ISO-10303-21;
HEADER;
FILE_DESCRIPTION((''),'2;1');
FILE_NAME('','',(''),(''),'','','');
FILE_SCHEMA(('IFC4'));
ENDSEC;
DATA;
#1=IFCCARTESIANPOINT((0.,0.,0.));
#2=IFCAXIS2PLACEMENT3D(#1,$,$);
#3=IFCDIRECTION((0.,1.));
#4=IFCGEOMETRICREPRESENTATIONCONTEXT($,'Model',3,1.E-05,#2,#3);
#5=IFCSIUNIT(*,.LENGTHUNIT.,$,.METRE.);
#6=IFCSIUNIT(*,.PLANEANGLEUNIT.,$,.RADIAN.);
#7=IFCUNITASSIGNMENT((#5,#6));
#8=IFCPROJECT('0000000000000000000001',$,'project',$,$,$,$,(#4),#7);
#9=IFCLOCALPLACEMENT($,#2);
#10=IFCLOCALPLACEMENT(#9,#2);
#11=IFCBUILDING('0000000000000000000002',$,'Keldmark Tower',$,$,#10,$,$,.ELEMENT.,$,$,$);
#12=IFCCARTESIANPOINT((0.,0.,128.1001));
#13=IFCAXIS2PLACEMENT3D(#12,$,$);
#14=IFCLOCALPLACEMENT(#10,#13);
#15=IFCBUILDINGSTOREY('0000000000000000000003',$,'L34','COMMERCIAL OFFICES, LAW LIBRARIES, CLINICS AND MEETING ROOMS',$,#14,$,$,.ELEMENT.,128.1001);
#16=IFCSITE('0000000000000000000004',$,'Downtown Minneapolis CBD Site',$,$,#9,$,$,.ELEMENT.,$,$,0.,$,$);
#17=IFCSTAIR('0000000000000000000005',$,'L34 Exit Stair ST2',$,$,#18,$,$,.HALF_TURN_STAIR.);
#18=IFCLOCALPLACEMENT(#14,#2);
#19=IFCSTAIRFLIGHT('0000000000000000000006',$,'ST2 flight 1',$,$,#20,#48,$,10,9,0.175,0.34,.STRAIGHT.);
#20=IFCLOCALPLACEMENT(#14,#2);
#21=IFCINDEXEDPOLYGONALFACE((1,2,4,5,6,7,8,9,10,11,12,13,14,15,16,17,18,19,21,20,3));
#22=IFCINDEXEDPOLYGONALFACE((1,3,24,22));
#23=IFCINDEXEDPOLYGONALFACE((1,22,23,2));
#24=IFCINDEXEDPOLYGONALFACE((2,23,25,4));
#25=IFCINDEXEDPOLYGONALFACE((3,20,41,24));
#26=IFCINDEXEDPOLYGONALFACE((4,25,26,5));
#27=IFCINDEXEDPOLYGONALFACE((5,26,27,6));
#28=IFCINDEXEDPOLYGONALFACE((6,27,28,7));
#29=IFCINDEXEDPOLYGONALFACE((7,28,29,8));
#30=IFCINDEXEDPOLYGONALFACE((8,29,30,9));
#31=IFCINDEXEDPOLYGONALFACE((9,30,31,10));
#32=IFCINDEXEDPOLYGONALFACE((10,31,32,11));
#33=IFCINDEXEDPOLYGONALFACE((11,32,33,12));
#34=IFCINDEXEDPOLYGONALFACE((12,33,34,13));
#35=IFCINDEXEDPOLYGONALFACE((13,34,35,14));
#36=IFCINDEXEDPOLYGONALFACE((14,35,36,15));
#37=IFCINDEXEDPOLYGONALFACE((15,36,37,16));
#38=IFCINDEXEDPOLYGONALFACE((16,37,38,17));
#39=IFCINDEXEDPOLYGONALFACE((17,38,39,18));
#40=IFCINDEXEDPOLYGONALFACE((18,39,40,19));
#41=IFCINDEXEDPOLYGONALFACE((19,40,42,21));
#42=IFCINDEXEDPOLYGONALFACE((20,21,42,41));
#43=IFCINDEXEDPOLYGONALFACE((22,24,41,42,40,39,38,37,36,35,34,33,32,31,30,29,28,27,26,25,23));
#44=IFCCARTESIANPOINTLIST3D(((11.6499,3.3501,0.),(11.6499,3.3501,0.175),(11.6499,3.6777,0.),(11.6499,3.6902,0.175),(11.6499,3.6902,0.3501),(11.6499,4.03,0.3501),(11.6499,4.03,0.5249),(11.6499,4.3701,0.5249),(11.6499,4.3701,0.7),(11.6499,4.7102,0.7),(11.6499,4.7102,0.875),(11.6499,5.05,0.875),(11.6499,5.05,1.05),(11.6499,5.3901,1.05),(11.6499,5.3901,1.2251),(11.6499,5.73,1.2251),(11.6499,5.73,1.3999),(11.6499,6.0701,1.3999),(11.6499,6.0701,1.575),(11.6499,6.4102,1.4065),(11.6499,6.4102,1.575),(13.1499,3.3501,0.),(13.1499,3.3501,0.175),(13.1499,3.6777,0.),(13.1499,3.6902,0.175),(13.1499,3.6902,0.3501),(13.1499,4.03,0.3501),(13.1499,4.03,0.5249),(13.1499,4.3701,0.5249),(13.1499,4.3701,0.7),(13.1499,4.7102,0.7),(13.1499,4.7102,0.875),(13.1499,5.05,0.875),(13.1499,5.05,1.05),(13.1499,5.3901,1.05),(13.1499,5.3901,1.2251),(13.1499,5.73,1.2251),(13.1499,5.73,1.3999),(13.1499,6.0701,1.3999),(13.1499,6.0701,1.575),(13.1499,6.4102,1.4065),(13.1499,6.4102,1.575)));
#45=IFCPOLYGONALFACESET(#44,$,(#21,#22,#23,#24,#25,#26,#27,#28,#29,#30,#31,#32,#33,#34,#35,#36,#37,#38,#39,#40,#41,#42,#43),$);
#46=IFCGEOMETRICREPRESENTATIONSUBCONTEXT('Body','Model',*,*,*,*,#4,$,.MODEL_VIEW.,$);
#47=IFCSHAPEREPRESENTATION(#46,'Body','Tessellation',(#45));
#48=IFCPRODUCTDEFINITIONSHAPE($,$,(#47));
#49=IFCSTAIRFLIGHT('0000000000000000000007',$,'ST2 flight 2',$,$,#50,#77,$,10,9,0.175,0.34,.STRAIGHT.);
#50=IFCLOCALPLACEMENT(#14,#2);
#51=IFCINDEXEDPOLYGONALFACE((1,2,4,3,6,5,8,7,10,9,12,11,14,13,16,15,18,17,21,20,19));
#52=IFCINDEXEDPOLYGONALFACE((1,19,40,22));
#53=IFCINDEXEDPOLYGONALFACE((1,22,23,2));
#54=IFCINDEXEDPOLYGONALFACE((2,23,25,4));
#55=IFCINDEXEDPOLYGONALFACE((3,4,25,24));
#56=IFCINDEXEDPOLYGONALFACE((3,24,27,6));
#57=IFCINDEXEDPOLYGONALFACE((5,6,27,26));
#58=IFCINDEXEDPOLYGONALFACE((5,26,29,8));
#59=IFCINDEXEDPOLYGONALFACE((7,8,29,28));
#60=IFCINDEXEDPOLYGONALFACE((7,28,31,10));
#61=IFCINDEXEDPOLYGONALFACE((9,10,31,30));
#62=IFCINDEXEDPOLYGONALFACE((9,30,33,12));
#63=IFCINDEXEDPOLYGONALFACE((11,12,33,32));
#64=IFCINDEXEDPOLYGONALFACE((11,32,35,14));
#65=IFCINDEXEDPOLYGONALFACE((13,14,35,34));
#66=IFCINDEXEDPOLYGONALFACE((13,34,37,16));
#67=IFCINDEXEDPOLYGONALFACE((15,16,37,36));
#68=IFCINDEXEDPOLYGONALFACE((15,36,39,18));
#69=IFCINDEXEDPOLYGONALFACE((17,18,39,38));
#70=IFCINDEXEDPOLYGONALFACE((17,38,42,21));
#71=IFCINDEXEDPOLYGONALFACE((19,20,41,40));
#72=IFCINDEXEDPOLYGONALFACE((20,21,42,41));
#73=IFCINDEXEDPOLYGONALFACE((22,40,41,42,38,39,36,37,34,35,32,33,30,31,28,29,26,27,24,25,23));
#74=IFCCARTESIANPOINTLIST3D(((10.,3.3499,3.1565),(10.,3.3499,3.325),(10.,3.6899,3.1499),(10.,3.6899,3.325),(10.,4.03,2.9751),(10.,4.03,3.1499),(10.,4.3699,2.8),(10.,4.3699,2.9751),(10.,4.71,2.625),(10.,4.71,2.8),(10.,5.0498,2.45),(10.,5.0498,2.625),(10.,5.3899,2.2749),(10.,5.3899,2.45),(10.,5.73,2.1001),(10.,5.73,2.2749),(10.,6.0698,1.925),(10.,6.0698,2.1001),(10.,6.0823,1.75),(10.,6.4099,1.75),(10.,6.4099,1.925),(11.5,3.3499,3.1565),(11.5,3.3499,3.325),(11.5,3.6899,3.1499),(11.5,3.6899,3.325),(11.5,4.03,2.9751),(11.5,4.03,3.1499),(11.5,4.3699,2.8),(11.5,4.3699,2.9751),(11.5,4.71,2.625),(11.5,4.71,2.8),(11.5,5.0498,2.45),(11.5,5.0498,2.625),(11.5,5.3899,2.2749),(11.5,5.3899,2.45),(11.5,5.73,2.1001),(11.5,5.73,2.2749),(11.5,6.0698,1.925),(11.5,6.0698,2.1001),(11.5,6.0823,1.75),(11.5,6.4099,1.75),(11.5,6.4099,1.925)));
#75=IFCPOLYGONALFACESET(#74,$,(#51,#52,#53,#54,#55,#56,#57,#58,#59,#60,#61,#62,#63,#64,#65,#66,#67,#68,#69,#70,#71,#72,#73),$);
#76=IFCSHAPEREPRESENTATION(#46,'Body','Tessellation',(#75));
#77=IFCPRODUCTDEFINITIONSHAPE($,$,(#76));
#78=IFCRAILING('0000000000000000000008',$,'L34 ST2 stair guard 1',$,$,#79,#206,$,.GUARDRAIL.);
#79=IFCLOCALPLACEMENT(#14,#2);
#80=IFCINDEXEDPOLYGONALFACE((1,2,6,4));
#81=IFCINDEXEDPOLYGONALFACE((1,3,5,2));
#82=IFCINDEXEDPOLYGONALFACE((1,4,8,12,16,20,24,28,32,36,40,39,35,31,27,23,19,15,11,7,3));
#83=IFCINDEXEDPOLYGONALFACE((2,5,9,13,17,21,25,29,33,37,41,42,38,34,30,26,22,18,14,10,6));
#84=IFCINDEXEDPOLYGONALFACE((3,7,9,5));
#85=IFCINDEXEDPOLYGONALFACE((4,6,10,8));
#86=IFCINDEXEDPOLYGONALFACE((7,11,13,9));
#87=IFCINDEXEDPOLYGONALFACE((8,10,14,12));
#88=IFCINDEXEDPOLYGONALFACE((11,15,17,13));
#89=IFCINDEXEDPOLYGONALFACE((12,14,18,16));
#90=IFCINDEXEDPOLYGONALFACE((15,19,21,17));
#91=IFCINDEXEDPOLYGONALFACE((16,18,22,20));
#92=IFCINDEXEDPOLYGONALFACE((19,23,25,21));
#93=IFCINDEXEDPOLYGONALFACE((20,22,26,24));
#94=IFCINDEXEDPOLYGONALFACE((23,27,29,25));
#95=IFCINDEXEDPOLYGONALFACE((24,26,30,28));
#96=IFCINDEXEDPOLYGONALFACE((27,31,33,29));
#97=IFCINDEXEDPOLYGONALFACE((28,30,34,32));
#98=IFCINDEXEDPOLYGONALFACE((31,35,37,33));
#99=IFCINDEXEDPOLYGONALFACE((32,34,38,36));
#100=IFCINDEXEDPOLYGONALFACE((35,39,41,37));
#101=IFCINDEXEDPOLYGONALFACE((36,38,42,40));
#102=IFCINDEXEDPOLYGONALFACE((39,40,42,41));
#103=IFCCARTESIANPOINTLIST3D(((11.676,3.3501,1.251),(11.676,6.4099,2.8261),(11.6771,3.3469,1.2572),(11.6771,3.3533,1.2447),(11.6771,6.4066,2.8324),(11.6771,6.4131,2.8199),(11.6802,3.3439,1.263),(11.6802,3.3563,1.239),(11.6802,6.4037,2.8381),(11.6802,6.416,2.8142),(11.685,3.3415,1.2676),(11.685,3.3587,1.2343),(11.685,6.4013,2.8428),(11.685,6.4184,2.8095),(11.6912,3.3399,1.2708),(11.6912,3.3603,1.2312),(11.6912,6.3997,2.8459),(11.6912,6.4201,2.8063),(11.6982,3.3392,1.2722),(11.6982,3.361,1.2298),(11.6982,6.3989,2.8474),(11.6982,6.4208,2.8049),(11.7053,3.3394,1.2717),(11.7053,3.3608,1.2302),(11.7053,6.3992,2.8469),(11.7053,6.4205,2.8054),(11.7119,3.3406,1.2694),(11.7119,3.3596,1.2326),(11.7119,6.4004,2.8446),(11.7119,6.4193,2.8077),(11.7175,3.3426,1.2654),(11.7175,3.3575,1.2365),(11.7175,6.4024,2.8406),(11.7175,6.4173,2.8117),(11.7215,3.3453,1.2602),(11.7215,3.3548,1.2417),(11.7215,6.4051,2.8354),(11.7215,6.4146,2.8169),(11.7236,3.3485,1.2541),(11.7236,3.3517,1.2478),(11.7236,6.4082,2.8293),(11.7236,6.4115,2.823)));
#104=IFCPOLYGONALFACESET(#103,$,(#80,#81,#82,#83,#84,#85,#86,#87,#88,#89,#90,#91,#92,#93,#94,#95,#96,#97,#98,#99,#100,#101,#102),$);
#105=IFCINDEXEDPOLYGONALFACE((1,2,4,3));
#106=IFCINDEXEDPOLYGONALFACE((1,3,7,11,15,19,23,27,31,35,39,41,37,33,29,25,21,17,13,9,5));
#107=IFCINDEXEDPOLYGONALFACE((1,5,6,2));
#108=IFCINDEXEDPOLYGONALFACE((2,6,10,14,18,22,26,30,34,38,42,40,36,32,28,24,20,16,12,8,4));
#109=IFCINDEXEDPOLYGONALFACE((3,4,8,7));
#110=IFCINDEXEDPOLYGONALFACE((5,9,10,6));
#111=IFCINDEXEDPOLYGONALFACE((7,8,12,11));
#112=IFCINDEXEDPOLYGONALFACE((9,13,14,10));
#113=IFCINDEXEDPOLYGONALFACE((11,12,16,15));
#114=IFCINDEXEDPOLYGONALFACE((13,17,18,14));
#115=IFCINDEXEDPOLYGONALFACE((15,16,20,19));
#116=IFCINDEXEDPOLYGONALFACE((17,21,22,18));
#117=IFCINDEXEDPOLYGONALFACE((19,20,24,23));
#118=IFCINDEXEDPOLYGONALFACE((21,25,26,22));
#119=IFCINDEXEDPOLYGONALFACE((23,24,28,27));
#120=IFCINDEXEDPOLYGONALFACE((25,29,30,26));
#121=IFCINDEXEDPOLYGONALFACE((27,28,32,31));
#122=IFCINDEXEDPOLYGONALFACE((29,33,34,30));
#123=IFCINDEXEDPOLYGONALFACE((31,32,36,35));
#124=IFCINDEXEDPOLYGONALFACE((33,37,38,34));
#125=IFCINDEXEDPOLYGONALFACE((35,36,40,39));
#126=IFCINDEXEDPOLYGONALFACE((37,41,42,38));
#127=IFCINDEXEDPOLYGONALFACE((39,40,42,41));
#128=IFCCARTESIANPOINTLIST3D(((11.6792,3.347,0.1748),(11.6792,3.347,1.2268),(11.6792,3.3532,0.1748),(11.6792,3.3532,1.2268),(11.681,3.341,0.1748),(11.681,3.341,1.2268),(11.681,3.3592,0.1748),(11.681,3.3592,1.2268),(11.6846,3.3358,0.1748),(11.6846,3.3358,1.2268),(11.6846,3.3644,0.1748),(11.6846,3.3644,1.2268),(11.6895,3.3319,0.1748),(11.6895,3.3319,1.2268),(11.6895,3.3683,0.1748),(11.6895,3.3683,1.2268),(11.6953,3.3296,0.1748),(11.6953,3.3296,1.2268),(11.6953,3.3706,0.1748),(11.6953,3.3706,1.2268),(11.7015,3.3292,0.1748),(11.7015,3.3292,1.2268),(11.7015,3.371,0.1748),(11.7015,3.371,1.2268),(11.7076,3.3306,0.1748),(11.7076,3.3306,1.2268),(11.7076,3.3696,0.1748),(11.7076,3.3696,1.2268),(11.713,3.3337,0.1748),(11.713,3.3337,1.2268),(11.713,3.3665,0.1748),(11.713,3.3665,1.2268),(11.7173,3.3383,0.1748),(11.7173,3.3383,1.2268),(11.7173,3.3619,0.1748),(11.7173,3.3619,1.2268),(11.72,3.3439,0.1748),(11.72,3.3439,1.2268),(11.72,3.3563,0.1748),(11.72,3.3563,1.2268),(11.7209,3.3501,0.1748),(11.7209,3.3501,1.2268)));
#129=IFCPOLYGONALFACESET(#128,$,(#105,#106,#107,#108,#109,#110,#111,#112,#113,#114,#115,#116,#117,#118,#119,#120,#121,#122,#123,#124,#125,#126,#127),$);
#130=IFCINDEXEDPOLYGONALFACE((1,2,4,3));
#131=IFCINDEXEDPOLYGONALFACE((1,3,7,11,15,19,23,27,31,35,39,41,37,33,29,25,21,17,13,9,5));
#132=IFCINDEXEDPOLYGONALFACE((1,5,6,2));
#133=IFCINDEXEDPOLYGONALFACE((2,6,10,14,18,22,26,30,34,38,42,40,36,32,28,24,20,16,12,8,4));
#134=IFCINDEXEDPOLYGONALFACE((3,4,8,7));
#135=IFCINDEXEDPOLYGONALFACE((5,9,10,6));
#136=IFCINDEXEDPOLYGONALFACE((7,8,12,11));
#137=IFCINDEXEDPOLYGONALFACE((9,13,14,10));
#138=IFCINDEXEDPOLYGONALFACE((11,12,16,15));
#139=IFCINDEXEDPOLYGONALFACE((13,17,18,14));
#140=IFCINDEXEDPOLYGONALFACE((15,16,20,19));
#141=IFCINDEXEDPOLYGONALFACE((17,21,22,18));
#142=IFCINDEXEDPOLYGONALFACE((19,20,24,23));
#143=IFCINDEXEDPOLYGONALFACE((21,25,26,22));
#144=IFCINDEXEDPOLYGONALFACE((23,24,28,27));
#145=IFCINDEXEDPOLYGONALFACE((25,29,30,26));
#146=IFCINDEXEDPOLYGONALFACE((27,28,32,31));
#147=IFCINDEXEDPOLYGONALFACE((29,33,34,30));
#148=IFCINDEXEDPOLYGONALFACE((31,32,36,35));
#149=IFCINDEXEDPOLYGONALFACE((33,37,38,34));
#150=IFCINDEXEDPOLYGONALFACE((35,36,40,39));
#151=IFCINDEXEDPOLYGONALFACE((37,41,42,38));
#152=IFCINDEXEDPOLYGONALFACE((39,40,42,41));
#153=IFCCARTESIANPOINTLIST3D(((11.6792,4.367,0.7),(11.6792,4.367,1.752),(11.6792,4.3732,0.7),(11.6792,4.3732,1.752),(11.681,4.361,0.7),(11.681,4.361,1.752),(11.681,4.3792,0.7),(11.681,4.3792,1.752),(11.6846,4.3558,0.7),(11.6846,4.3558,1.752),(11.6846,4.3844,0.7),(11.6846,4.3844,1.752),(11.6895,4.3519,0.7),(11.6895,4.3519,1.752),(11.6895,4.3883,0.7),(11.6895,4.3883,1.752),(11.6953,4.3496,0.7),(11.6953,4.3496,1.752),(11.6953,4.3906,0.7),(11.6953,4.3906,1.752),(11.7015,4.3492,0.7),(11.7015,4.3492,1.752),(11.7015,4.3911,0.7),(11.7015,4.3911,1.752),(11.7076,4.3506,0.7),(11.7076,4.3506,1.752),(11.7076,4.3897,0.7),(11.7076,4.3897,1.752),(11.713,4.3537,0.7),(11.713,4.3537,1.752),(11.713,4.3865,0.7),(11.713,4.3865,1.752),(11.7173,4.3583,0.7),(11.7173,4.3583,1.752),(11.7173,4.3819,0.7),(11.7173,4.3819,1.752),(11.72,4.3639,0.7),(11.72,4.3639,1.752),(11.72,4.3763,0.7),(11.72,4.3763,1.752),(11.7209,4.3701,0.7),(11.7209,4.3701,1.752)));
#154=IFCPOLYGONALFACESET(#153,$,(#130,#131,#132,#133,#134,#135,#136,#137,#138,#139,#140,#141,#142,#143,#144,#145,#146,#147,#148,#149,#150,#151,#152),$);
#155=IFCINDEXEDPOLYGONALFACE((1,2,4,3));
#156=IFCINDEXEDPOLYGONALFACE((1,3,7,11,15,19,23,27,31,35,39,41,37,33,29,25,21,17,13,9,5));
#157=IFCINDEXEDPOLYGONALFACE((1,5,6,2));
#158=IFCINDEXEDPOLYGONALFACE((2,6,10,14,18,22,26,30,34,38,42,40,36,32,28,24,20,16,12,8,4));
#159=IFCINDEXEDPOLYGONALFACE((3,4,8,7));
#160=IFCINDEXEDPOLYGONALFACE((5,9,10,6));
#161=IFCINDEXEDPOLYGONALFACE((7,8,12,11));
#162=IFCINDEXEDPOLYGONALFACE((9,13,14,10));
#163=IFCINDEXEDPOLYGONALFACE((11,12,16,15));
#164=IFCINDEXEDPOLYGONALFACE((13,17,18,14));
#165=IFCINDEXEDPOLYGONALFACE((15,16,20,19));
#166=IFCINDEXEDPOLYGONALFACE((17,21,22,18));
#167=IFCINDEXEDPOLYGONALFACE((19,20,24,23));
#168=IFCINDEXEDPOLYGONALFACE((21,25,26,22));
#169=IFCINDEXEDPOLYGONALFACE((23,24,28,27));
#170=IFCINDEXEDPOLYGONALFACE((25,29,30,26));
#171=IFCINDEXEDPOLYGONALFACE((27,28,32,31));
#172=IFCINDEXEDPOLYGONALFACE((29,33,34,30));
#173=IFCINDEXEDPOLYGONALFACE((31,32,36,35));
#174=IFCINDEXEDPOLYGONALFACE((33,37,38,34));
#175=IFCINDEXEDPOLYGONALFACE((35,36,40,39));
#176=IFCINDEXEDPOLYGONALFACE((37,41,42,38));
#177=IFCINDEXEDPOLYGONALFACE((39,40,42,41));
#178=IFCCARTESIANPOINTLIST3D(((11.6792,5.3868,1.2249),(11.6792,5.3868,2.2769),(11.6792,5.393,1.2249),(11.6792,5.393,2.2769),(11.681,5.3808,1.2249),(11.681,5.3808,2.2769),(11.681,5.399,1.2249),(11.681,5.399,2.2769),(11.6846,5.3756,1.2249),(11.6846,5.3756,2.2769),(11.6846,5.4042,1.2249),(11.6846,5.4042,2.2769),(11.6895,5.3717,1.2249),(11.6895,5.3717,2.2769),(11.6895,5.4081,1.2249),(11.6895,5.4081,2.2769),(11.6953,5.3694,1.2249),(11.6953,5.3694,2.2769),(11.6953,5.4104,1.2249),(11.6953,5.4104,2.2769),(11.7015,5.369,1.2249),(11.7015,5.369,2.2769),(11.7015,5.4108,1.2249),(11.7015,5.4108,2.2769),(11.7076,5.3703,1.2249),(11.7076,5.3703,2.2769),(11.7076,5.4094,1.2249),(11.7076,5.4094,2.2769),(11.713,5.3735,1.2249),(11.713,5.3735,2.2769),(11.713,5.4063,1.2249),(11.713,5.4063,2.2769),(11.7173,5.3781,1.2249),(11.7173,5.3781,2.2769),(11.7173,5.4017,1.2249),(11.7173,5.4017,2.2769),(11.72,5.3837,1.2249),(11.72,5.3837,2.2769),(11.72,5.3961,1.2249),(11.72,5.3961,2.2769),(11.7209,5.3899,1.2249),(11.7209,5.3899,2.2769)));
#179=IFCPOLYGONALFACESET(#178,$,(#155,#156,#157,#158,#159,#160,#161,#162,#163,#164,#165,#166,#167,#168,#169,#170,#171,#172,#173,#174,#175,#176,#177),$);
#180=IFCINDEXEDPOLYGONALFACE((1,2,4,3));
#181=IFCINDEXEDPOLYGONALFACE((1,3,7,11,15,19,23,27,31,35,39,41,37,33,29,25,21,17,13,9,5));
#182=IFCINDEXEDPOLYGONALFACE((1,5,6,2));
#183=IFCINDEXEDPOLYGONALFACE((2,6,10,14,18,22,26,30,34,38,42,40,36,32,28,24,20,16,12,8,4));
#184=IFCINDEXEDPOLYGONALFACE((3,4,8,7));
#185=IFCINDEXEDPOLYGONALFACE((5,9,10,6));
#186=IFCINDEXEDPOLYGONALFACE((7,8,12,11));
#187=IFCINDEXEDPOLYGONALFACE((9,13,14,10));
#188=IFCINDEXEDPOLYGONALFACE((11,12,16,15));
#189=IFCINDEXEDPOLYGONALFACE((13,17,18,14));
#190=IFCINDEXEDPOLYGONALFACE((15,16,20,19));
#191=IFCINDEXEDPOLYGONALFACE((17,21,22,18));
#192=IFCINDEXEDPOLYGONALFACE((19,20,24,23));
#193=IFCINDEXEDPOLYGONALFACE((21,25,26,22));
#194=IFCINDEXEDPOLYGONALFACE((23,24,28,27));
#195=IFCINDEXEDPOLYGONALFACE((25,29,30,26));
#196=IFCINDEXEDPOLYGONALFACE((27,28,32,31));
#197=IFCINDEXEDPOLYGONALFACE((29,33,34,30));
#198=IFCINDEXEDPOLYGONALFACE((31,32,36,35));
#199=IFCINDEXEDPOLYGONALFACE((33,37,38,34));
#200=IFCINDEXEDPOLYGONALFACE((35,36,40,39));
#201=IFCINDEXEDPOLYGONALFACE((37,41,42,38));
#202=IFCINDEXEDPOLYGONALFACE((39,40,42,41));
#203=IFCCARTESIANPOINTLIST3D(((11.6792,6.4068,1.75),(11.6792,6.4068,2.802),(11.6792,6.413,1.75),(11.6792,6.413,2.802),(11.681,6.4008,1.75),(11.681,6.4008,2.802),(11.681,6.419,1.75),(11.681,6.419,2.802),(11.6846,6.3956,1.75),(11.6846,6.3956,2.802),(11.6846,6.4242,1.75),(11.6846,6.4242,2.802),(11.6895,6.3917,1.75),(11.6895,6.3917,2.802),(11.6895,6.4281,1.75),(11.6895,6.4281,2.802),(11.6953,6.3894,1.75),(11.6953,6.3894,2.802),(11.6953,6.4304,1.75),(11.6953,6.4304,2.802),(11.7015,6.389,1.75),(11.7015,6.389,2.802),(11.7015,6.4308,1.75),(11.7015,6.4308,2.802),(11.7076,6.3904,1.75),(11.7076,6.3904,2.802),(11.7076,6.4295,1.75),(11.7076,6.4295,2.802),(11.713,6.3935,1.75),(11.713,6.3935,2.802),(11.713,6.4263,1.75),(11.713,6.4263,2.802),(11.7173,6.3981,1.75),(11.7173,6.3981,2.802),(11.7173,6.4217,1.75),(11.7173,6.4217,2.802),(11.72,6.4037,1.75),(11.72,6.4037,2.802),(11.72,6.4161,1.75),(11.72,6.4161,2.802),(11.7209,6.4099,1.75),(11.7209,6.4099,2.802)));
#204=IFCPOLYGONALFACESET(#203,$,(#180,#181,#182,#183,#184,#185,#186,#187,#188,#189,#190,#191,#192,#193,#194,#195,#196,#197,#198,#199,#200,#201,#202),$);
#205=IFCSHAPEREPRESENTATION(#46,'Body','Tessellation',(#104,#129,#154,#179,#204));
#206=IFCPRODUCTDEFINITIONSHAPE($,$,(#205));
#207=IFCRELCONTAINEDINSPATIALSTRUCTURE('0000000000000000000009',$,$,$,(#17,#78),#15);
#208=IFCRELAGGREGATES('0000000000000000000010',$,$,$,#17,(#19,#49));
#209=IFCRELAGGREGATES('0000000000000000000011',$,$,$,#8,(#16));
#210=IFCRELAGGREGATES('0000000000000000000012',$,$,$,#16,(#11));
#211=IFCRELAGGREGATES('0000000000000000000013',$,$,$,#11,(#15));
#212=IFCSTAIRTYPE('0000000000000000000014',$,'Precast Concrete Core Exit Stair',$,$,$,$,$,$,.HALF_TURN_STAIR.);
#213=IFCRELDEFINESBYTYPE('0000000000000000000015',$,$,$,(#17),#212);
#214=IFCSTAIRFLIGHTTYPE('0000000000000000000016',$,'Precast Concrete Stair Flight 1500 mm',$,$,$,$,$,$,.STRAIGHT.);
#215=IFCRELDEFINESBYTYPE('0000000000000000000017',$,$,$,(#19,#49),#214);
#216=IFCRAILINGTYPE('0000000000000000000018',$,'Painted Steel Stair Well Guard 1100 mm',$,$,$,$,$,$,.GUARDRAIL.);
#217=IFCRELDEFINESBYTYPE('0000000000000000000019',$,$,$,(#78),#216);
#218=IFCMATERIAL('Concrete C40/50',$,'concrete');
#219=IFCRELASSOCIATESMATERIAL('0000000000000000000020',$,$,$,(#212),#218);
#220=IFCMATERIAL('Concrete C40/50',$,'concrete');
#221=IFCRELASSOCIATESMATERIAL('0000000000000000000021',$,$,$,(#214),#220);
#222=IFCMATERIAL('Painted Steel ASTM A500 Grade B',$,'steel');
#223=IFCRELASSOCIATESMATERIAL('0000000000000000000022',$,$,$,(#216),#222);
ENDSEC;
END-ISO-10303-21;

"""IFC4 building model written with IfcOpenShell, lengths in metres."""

from ifc_helpers import new_model, si_unit, direction, frame, origin, origin_2d, place, context, subcontext, project, spatial, polyline, circle, outline, extrude, material, type_object, element, aggregate, save


model = new_model("IFC4")

# Units and contexts
model_context = context("Model", 3, precision=1e-05, world=origin(), true_north=direction((0.0, 1.0)))
body_context = subcontext(model_context, "Body", "Model", "MODEL_VIEW")
ifc_project = project(units=[si_unit("LENGTHUNIT", "METRE"), si_unit("PLANEANGLEUNIT", "RADIAN")], contexts=[model_context])

# Site, building, storey
site_placement = place(None, origin())
site = spatial("IfcSite", under=ifc_project, at=site_placement, Name="Downtown Minneapolis CBD Site", CompositionType="ELEMENT", RefElevation=0.0)
building_placement = place(site_placement, origin())
building = spatial("IfcBuilding", under=site, at=building_placement, Name="Keldmark Tower", CompositionType="ELEMENT")
storey_placement = place(building_placement, frame((0.0, 0.0, 128.1001)))
storey = spatial("IfcBuildingStorey", under=building, at=storey_placement, Name="L34", Description="COMMERCIAL OFFICES, LAW LIBRARIES, CLINICS AND MEETING ROOMS", CompositionType="ELEMENT", Elevation=128.1001)

# Stair, stair flights
ifc_material_1 = material(Name="Concrete C40/50", Category="concrete")
stair_type = type_object("IfcStairType", Name="Precast Concrete Core Exit Stair", PredefinedType="HALF_TURN_STAIR", material=ifc_material_1)
stair_placement = place(storey_placement, origin())
stair = element("IfcStair", 1, at=stair_placement, inside=storey, type_object=stair_type, Name="L34 Exit Stair ST2", PredefinedType="HALF_TURN_STAIR")
ifc_material_2 = material(Name="Concrete C40/50", Category="concrete")
stair_flight_type = type_object("IfcStairFlightType", Name="Precast Concrete Stair Flight 1500 mm", PredefinedType="STRAIGHT", material=ifc_material_2)
stair_flight_1_placement = place(storey_placement, frame((12.3999, 3.3501, 0.0), z_axis=(0.0, 0.0, 1.0), x_axis=(0.0, 1.0, 0.0)))
stair_flight_1 = element("IfcStairFlight", 2, at=stair_flight_1_placement, type_object=stair_flight_type, Name="ST2 flight 1", NumberOfRisers=10, NumberOfTreads=9, PredefinedType="STRAIGHT", RiserHeight=0.175, TreadLength=0.34, context=body_context, shape_type="SweptSolid", body=[
    extrude(outline(polyline([(0.0, 0.0), (0.0, 0.175), (0.3401, 0.175), (0.3401, 0.3501), (0.6799, 0.3501), (0.6799, 0.5249), (1.02, 0.5249), (1.02, 0.7), (1.3601, 0.7), (1.3601, 0.875), (1.7, 0.875), (1.7, 1.05), (2.04, 1.05), (2.04, 1.2251), (2.3799, 1.2251), (2.3799, 1.3999), (2.72, 1.3999), (2.72, 1.575), (3.0601, 1.575), (3.0601, 1.75), (3.0601, 1.4065), (0.3276, 0.0), (0.0, 0.0)])), frame((0.0, 0.75, 0.0), z_axis=(0.0, -1.0, 0.0), x_axis=(1.0, 0.0, 0.0)), (0.0, 0.0, 1.0), 1.5),
])
stair_flight_2_placement = place(storey_placement, frame((10.75, 6.4099, 1.75), z_axis=(0.0, 0.0, 1.0), x_axis=(0.0, -1.0, 0.0)))
stair_flight_2 = element("IfcStairFlight", 3, at=stair_flight_2_placement, type_object=stair_flight_type, Name="ST2 flight 2", NumberOfRisers=10, NumberOfTreads=9, PredefinedType="STRAIGHT", RiserHeight=0.175, TreadLength=0.34, context=body_context, shape_type="SweptSolid", body=[
    extrude(outline(polyline([(0.0, 0.0), (0.0, 0.175), (0.3401, 0.175), (0.3401, 0.3501), (0.6799, 0.3501), (0.6799, 0.5249), (1.02, 0.5249), (1.02, 0.7), (1.3601, 0.7), (1.3601, 0.875), (1.7, 0.875), (1.7, 1.05), (2.04, 1.05), (2.04, 1.2251), (2.3799, 1.2251), (2.3799, 1.3999), (2.72, 1.3999), (2.72, 1.575), (3.0601, 1.575), (3.0601, 1.75), (3.0601, 1.4065), (0.3276, 0.0), (0.0, 0.0)])), frame((0.0, 0.75, 0.0), z_axis=(0.0, -1.0, 0.0), x_axis=(1.0, 0.0, 0.0)), (0.0, 0.0, 1.0), 1.5),
])
aggregate(stair, [stair_flight_1, stair_flight_2])

# Railing
ifc_material_3 = material(Name="Painted Steel ASTM A500 Grade B", Category="steel")
railing_type_1 = type_object("IfcRailingType", Name="Painted Steel Stair Well Guard 1100 mm", PredefinedType="GUARDRAIL", material=ifc_material_3)
railing_1_placement = place(storey_placement, frame((11.7, 3.3501, 0.1748)))
element("IfcRailing", 4, at=railing_1_placement, inside=storey, type_object=railing_type_1, Name="L34 ST2 stair guard 1", PredefinedType="GUARDRAIL", context=body_context, shape_type="SweptSolid", body=[
    extrude(circle(Radius=0.0239, at=origin_2d()), frame((0.0, 0.0, 1.0762), z_axis=(0.0, 0.889101, 0.45771), x_axis=(-1.0, 0.0, 0.0)), (0.0, 0.0, 1.0), 3.4414),
    extrude(circle(Radius=0.021, at=origin_2d()), origin(), (0.0, 0.0, 1.0), 1.052),
    extrude(circle(Radius=0.021, at=origin_2d()), frame((0.0, 1.02, 0.5251)), (0.0, 0.0, 1.0), 1.052),
    extrude(circle(Radius=0.021, at=origin_2d()), frame((0.0, 2.0398, 1.05)), (0.0, 0.0, 1.0), 1.052),
    extrude(circle(Radius=0.021, at=origin_2d()), frame((0.0, 3.0598, 1.5752)), (0.0, 0.0, 1.0), 1.052),
])

save(model, "model.ifc")
